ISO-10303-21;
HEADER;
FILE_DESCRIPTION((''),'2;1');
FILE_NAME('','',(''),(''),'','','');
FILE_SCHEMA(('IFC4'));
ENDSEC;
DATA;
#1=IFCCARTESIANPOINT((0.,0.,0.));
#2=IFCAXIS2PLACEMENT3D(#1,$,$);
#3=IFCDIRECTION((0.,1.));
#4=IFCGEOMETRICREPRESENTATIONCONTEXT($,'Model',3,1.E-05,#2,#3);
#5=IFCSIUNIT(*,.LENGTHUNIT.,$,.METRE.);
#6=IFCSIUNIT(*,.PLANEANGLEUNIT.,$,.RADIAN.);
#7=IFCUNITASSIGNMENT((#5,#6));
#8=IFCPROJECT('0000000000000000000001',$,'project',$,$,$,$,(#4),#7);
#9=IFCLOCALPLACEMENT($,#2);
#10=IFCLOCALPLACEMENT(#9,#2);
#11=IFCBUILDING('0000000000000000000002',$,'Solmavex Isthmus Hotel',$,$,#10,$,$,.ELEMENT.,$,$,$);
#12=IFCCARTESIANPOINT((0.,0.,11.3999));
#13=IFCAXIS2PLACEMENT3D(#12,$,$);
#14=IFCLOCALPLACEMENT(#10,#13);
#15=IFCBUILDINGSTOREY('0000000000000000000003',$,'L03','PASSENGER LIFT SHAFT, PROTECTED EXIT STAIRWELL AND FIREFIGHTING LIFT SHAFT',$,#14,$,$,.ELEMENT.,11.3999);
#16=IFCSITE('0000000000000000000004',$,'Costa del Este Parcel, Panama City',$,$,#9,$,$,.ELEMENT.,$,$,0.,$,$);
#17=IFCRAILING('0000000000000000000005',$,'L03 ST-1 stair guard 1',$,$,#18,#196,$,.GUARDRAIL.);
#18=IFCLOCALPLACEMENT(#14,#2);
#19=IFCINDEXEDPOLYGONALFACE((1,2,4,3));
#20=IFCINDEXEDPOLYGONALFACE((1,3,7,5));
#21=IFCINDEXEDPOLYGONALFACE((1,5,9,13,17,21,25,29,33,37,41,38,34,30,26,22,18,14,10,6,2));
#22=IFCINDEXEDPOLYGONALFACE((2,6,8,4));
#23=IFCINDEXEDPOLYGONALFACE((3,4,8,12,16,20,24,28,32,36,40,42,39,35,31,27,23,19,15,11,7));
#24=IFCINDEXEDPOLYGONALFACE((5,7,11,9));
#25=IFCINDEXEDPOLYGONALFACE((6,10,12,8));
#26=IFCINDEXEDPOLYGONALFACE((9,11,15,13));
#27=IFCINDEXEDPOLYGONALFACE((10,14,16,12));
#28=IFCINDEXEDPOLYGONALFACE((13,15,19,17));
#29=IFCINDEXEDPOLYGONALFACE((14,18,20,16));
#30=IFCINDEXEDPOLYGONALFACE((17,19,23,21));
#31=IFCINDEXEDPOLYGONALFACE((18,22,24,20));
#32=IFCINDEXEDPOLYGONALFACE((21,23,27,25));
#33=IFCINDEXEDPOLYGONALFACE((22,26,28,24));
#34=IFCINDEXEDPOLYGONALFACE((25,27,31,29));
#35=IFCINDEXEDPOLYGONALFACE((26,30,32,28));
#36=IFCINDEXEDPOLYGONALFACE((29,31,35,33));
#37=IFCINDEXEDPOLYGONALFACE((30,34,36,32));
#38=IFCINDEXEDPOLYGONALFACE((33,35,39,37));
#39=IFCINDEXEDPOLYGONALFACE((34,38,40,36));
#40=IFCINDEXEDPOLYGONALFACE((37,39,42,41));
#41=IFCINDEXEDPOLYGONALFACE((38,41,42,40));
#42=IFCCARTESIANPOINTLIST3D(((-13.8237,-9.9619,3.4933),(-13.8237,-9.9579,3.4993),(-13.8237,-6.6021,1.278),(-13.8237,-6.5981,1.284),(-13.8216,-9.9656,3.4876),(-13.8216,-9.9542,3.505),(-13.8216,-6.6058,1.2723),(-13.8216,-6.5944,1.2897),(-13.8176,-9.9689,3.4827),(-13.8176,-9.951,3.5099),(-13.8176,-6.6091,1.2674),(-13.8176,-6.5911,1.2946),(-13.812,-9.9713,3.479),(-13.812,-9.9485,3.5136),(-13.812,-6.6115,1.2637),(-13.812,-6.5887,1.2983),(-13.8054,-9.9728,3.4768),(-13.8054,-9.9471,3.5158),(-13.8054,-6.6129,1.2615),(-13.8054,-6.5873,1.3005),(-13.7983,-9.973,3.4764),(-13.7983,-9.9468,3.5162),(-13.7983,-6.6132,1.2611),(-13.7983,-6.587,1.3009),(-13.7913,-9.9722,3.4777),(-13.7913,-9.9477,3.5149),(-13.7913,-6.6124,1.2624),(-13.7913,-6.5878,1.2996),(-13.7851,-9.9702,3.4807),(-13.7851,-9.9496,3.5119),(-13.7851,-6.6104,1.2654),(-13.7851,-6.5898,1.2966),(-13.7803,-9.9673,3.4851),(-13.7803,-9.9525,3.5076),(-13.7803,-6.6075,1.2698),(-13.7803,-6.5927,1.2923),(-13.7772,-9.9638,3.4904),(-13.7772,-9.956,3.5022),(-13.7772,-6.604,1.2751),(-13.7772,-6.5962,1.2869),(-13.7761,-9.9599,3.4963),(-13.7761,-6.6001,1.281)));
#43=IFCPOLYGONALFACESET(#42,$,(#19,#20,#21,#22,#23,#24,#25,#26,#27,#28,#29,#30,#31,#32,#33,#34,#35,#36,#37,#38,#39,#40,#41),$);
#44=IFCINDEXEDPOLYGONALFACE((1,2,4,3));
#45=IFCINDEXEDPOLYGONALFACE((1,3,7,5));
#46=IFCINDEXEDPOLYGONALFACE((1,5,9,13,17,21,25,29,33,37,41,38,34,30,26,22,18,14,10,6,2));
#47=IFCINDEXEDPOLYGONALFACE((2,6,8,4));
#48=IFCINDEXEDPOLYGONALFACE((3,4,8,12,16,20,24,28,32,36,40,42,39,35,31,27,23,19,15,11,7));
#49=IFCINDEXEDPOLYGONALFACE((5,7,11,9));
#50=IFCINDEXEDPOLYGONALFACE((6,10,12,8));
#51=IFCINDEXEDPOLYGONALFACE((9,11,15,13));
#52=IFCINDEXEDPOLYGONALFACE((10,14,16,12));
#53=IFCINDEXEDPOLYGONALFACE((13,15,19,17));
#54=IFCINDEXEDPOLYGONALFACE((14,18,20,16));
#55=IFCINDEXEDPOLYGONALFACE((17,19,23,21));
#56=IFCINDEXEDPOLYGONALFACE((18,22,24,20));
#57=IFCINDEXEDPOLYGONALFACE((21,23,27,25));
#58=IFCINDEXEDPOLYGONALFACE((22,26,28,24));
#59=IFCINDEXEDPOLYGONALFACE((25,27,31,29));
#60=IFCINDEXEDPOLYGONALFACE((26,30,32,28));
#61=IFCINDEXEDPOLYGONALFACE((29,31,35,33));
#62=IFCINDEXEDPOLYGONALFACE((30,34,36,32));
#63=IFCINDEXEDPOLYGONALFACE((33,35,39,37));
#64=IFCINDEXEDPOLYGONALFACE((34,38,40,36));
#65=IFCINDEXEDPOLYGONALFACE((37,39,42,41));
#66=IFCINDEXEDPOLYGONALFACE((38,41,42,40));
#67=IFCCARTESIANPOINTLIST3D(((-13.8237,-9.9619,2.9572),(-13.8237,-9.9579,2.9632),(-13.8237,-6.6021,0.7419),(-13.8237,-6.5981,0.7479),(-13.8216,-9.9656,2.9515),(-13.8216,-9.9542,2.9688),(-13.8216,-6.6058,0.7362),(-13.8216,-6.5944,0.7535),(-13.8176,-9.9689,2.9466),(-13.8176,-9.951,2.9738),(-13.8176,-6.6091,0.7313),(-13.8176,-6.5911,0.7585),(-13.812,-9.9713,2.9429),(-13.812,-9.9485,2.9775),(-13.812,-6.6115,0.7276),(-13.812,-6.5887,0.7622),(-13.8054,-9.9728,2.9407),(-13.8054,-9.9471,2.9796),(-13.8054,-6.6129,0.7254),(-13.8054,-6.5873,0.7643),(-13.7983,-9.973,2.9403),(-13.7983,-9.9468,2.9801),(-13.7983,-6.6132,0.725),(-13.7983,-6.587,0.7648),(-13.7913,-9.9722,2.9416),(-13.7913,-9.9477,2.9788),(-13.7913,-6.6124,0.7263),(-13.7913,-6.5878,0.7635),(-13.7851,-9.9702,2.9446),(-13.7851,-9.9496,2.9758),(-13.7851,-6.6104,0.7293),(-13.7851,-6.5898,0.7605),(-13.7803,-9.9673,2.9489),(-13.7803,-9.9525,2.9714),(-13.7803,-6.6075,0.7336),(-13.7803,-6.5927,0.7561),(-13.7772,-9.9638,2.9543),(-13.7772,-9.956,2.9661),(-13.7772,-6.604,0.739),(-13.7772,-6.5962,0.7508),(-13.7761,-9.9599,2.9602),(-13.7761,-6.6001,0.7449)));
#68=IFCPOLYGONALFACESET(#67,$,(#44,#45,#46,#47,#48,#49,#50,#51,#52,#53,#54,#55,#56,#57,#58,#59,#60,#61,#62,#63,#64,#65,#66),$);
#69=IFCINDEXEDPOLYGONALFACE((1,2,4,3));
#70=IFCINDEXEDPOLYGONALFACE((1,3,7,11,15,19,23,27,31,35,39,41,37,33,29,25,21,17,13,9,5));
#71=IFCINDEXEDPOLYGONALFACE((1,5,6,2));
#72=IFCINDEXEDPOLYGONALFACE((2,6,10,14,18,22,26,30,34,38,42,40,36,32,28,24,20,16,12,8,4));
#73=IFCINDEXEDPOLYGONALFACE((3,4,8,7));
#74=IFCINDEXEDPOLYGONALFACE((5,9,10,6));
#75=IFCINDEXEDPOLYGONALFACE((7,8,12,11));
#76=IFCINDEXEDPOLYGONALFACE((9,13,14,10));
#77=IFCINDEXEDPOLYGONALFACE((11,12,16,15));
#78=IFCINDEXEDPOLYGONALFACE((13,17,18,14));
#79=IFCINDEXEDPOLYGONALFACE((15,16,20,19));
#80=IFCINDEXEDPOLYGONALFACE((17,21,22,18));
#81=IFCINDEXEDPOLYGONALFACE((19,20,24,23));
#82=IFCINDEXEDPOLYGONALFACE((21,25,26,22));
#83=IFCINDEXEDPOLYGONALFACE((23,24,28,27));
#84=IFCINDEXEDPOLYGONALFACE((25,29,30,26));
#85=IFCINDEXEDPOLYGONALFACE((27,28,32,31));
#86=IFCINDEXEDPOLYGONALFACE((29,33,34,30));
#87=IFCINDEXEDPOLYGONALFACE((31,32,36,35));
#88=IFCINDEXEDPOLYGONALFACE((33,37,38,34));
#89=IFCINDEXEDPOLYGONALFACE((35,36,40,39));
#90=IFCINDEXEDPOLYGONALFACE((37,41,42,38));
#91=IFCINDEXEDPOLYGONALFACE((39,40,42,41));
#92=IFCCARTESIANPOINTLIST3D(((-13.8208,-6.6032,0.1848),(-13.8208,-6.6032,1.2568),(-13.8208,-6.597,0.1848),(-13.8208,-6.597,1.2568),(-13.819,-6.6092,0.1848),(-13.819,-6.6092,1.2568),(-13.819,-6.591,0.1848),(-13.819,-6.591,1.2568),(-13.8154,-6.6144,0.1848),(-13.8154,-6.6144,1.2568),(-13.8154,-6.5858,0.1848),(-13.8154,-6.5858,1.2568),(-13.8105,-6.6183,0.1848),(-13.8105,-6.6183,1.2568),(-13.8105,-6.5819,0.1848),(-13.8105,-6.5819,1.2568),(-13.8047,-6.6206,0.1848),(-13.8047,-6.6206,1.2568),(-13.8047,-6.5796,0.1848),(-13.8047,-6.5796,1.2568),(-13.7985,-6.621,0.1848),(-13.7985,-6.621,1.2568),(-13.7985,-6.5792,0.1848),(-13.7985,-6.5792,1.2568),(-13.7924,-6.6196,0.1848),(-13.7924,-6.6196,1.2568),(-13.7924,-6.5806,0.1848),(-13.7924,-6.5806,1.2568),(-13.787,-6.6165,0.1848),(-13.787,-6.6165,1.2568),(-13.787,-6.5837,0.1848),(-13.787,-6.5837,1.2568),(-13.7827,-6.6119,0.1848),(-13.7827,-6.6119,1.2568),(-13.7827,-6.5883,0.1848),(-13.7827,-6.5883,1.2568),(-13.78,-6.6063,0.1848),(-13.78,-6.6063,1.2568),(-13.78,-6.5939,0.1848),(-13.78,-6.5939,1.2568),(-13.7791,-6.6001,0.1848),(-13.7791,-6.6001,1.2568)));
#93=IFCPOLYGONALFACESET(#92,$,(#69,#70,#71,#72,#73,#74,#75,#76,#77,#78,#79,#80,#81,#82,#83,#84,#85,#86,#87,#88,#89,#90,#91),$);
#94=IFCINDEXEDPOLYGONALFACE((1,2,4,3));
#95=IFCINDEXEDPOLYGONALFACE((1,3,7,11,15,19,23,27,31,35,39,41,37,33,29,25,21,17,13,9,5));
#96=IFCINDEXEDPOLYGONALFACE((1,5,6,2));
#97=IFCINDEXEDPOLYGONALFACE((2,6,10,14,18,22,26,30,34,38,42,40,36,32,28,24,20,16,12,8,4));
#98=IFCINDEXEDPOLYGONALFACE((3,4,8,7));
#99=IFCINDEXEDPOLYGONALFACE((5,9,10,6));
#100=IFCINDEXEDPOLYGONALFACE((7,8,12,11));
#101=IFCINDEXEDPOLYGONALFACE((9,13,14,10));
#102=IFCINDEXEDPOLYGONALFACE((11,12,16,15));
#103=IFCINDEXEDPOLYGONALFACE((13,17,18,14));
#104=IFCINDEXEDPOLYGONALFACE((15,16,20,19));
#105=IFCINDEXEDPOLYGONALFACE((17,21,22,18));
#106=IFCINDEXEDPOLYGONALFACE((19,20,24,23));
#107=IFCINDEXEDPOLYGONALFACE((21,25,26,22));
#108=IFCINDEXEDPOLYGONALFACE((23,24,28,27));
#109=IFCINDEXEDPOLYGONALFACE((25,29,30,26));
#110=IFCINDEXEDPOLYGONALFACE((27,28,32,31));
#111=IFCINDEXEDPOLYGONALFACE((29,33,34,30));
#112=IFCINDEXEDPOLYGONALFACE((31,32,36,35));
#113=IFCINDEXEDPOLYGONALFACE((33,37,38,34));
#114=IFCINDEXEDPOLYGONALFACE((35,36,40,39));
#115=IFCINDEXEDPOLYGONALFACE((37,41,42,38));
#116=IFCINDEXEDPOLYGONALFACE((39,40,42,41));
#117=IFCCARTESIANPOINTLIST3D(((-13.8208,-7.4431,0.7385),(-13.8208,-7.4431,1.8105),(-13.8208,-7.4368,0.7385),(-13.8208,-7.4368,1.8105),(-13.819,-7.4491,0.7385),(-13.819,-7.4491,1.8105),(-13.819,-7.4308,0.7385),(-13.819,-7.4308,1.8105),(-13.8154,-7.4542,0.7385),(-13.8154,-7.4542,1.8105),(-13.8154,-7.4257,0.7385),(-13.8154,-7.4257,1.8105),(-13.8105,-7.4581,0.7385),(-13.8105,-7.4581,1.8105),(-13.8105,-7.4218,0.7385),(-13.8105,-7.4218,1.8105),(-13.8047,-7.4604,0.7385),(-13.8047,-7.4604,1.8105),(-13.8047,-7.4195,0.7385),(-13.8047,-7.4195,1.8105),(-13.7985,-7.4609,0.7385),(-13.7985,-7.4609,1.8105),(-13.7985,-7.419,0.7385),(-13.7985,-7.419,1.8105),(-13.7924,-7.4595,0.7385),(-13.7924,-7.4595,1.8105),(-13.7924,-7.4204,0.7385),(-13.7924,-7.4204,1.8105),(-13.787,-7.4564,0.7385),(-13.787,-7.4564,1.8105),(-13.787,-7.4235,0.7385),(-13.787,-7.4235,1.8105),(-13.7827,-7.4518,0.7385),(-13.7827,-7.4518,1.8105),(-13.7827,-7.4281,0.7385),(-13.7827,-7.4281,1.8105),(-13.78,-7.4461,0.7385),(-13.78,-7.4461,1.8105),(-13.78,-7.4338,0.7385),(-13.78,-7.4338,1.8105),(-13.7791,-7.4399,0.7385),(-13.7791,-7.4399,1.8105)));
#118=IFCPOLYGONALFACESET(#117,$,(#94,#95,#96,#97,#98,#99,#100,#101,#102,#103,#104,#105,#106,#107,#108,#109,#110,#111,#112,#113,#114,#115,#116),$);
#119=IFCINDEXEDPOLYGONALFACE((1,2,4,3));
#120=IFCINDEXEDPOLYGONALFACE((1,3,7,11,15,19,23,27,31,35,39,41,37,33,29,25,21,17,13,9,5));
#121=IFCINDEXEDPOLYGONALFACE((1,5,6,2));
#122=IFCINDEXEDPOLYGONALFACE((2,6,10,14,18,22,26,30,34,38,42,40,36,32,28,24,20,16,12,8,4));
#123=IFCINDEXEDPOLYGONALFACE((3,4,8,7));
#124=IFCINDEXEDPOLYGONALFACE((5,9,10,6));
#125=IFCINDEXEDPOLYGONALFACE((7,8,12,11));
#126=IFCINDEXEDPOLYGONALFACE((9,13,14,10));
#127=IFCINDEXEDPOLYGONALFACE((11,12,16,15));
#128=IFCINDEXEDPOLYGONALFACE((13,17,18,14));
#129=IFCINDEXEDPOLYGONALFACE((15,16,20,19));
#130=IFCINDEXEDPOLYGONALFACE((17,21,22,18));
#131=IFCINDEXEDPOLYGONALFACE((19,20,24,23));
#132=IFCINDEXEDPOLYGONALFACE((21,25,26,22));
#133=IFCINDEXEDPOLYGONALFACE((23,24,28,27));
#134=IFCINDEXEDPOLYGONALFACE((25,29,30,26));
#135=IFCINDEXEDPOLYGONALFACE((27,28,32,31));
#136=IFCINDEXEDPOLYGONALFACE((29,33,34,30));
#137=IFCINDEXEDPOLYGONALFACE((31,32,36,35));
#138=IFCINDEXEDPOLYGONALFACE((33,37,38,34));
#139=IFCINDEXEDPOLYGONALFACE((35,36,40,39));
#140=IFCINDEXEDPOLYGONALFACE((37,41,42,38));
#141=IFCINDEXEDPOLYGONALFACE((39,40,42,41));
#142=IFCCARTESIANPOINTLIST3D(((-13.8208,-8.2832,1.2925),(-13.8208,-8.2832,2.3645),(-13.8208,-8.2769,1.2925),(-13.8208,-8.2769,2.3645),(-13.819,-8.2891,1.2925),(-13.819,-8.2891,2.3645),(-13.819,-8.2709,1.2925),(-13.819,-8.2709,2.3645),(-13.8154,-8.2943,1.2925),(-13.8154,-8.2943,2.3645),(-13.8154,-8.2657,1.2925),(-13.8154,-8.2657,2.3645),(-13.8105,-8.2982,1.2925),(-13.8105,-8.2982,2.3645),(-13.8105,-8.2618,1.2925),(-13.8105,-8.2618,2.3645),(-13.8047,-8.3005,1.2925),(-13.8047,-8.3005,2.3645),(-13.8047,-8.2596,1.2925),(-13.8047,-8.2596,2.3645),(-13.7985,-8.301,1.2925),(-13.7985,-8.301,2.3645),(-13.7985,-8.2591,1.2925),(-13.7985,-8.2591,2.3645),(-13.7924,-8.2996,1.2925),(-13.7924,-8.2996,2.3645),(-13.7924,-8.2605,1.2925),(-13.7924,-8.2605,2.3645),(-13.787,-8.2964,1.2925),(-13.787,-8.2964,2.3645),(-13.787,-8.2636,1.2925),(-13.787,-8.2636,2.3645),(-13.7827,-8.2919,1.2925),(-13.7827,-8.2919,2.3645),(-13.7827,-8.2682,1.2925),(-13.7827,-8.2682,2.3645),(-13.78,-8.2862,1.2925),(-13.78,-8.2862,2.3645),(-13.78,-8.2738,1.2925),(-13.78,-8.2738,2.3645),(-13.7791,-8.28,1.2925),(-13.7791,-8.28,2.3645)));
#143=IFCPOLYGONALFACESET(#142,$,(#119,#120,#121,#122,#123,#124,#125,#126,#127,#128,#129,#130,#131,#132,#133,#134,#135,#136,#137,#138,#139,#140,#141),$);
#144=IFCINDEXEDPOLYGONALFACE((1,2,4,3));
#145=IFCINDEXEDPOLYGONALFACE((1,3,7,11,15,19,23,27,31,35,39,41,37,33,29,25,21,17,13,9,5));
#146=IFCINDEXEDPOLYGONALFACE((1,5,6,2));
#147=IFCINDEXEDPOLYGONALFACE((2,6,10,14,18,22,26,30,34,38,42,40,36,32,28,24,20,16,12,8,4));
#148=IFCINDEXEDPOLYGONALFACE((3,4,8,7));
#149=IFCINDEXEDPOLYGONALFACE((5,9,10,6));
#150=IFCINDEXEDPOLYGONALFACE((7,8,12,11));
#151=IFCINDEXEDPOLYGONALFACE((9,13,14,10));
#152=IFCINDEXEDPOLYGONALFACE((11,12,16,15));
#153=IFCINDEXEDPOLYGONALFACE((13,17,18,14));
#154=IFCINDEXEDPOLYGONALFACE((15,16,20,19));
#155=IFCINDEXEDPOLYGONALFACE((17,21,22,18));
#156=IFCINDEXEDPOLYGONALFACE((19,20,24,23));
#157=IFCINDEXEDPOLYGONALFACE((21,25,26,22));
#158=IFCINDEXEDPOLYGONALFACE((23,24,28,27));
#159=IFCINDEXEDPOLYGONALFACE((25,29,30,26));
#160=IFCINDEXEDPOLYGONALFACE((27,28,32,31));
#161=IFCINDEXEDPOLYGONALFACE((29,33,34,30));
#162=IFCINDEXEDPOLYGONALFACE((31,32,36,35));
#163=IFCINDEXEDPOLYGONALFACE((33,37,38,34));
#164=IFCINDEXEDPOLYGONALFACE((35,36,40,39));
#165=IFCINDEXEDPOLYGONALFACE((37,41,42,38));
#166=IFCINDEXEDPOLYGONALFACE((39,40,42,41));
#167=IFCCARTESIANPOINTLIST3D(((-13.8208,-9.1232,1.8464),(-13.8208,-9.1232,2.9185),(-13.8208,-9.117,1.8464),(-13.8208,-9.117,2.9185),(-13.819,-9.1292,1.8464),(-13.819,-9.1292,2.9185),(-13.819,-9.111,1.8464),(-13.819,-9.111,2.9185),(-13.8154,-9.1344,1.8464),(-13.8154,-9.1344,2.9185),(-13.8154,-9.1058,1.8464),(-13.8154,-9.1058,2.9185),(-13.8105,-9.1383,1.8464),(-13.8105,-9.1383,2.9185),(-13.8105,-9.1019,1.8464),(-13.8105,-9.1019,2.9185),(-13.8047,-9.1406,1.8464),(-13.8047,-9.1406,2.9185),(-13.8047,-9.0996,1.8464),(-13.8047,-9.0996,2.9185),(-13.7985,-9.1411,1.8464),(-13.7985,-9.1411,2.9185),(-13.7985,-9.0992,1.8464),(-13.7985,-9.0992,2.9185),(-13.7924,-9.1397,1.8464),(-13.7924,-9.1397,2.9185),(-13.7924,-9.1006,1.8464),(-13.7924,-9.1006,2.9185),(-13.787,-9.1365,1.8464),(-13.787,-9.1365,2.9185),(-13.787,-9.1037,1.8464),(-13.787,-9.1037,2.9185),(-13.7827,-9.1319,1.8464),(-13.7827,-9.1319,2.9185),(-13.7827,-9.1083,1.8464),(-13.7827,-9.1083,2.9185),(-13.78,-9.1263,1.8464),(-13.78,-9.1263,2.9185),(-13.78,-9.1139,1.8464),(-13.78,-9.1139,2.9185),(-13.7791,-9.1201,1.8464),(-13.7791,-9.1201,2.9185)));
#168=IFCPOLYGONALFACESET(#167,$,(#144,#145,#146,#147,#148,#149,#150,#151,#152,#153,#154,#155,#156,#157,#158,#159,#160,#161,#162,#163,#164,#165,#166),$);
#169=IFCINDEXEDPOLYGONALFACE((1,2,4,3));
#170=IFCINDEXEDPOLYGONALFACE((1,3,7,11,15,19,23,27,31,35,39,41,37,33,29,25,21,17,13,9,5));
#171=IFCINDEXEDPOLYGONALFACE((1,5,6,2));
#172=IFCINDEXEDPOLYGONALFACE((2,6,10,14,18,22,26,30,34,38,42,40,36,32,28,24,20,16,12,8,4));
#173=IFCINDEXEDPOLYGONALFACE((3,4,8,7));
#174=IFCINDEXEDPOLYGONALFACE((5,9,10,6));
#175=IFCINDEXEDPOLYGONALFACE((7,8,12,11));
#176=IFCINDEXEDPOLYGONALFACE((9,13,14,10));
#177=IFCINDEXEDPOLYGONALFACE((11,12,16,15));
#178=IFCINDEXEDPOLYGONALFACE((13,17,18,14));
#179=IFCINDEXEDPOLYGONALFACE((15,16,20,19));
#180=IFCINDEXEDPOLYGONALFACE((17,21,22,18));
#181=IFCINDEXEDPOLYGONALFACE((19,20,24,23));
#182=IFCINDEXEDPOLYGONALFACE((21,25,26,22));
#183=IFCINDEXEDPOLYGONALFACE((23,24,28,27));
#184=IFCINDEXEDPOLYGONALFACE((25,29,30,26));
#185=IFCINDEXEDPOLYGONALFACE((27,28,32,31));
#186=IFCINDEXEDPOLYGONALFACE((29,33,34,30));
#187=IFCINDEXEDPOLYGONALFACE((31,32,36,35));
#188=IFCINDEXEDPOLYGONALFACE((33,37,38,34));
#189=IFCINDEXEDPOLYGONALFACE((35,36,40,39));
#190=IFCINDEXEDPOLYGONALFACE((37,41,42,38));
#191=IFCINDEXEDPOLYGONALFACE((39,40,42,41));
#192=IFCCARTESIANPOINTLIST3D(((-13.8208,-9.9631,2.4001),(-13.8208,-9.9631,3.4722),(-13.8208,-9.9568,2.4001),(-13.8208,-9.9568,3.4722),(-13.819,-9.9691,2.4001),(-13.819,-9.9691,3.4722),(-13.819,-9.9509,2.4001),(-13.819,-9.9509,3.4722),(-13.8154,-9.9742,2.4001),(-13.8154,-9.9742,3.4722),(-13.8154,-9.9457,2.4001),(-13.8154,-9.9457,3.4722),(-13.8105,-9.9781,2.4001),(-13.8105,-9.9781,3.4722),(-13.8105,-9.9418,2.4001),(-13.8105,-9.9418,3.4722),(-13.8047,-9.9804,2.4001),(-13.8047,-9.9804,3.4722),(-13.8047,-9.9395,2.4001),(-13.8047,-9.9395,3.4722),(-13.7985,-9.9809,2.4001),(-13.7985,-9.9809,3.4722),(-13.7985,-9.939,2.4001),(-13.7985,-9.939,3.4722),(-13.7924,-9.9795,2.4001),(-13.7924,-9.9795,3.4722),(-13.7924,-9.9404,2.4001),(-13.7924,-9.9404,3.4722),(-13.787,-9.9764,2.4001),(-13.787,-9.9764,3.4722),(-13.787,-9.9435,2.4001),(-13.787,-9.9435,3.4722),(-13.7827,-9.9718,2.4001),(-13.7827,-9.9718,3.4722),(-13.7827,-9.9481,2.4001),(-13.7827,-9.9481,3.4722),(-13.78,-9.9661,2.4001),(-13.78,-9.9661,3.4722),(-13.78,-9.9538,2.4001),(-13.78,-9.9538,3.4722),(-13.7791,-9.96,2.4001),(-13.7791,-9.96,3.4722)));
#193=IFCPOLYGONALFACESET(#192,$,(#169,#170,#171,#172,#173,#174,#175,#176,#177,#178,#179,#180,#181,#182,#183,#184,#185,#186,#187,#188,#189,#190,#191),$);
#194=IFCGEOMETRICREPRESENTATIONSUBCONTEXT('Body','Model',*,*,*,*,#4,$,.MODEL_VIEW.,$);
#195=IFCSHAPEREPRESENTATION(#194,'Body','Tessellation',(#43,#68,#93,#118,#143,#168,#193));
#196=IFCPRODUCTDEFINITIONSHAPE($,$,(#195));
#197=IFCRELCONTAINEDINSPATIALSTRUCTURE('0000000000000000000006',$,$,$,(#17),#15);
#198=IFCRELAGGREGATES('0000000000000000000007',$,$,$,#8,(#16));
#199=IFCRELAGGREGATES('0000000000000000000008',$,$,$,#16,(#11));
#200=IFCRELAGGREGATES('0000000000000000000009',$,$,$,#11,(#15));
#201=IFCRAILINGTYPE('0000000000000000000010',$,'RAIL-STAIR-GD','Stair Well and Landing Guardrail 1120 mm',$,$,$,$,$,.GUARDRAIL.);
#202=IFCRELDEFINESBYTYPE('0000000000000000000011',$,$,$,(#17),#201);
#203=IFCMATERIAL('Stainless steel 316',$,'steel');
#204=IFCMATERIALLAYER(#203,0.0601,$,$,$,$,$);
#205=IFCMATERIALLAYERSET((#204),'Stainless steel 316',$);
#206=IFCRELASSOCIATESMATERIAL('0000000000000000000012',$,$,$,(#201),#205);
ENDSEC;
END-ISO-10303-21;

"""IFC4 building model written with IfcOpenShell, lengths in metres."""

from ifc_helpers import new_model, si_unit, direction, frame, origin, origin_2d, place, context, subcontext, project, spatial, circle, extrude, material, layer, layer_set, type_object, element, save


model = new_model("IFC4")

# Units and contexts
model_context = context("Model", 3, precision=1e-05, world=origin(), true_north=direction((0.0, 1.0)))
body_context = subcontext(model_context, "Body", "Model", "MODEL_VIEW")
ifc_project = project(units=[si_unit("LENGTHUNIT", "METRE"), si_unit("PLANEANGLEUNIT", "RADIAN")], contexts=[model_context])

# Site, building, storey
site_placement = place(None, origin())
site = spatial("IfcSite", under=ifc_project, at=site_placement, Name="Costa del Este Parcel, Panama City", CompositionType="ELEMENT", RefElevation=0.0)
building_placement = place(site_placement, origin())
building = spatial("IfcBuilding", under=site, at=building_placement, Name="Solmavex Isthmus Hotel", CompositionType="ELEMENT")
storey_placement = place(building_placement, frame((0.0, 0.0, 11.3999)))
storey = spatial("IfcBuildingStorey", under=building, at=storey_placement, Name="L03", Description="PASSENGER LIFT SHAFT, PROTECTED EXIT STAIRWELL AND FIREFIGHTING LIFT SHAFT", CompositionType="ELEMENT", Elevation=11.3999)

# Shared definitions
ifc_material_1 = material(Name="Stainless steel 316", Category="steel")

# Railing
ifc_layer_1 = layer(ifc_material_1, 0.0601)
ifc_layer_set_1 = layer_set([ifc_layer_1], Name="Stainless steel 316")
railing_type_1 = type_object("IfcRailingType", Name="RAIL-STAIR-GD", Description="Stair Well and Landing Guardrail 1120 mm", PredefinedType="GUARDRAIL", material=ifc_layer_set_1)
railing_1_placement = place(storey_placement, frame((-13.8, -6.6001, 0.1848)))
element("IfcRailing", 1, at=railing_1_placement, inside=storey, type_object=railing_type_1, Name="L03 ST-1 stair guard 1", PredefinedType="GUARDRAIL", context=body_context, shape_type="SweptSolid", body=[
    extrude(circle(Radius=0.0239, at=origin_2d()), frame((0.0, 0.0, 1.0962), z_axis=(0.0, -0.834858, 0.550465), x_axis=(1.0, 0.0, 0.0)), (0.0, 0.0, 1.0), 4.0244),
    extrude(circle(Radius=0.0239, at=origin_2d()), frame((0.0, 0.0, 0.5601), z_axis=(0.0, -0.834858, 0.550465), x_axis=(1.0, 0.0, 0.0)), (0.0, 0.0, 1.0), 4.0244),
    extrude(circle(Radius=0.021, at=origin_2d()), origin(), (0.0, 0.0, 1.0), 1.072),
    extrude(circle(Radius=0.021, at=origin_2d()), frame((0.0, -0.8398, 0.5537)), (0.0, 0.0, 1.0), 1.072),
    extrude(circle(Radius=0.021, at=origin_2d()), frame((0.0, -1.6799, 1.1077)), (0.0, 0.0, 1.0), 1.072),
    extrude(circle(Radius=0.021, at=origin_2d()), frame((0.0, -2.52, 1.6616)), (0.0, 0.0, 1.0), 1.072),
    extrude(circle(Radius=0.021, at=origin_2d()), frame((0.0, -3.3599, 2.2153)), (0.0, 0.0, 1.0), 1.072),
])

save(model, "model.ifc")
